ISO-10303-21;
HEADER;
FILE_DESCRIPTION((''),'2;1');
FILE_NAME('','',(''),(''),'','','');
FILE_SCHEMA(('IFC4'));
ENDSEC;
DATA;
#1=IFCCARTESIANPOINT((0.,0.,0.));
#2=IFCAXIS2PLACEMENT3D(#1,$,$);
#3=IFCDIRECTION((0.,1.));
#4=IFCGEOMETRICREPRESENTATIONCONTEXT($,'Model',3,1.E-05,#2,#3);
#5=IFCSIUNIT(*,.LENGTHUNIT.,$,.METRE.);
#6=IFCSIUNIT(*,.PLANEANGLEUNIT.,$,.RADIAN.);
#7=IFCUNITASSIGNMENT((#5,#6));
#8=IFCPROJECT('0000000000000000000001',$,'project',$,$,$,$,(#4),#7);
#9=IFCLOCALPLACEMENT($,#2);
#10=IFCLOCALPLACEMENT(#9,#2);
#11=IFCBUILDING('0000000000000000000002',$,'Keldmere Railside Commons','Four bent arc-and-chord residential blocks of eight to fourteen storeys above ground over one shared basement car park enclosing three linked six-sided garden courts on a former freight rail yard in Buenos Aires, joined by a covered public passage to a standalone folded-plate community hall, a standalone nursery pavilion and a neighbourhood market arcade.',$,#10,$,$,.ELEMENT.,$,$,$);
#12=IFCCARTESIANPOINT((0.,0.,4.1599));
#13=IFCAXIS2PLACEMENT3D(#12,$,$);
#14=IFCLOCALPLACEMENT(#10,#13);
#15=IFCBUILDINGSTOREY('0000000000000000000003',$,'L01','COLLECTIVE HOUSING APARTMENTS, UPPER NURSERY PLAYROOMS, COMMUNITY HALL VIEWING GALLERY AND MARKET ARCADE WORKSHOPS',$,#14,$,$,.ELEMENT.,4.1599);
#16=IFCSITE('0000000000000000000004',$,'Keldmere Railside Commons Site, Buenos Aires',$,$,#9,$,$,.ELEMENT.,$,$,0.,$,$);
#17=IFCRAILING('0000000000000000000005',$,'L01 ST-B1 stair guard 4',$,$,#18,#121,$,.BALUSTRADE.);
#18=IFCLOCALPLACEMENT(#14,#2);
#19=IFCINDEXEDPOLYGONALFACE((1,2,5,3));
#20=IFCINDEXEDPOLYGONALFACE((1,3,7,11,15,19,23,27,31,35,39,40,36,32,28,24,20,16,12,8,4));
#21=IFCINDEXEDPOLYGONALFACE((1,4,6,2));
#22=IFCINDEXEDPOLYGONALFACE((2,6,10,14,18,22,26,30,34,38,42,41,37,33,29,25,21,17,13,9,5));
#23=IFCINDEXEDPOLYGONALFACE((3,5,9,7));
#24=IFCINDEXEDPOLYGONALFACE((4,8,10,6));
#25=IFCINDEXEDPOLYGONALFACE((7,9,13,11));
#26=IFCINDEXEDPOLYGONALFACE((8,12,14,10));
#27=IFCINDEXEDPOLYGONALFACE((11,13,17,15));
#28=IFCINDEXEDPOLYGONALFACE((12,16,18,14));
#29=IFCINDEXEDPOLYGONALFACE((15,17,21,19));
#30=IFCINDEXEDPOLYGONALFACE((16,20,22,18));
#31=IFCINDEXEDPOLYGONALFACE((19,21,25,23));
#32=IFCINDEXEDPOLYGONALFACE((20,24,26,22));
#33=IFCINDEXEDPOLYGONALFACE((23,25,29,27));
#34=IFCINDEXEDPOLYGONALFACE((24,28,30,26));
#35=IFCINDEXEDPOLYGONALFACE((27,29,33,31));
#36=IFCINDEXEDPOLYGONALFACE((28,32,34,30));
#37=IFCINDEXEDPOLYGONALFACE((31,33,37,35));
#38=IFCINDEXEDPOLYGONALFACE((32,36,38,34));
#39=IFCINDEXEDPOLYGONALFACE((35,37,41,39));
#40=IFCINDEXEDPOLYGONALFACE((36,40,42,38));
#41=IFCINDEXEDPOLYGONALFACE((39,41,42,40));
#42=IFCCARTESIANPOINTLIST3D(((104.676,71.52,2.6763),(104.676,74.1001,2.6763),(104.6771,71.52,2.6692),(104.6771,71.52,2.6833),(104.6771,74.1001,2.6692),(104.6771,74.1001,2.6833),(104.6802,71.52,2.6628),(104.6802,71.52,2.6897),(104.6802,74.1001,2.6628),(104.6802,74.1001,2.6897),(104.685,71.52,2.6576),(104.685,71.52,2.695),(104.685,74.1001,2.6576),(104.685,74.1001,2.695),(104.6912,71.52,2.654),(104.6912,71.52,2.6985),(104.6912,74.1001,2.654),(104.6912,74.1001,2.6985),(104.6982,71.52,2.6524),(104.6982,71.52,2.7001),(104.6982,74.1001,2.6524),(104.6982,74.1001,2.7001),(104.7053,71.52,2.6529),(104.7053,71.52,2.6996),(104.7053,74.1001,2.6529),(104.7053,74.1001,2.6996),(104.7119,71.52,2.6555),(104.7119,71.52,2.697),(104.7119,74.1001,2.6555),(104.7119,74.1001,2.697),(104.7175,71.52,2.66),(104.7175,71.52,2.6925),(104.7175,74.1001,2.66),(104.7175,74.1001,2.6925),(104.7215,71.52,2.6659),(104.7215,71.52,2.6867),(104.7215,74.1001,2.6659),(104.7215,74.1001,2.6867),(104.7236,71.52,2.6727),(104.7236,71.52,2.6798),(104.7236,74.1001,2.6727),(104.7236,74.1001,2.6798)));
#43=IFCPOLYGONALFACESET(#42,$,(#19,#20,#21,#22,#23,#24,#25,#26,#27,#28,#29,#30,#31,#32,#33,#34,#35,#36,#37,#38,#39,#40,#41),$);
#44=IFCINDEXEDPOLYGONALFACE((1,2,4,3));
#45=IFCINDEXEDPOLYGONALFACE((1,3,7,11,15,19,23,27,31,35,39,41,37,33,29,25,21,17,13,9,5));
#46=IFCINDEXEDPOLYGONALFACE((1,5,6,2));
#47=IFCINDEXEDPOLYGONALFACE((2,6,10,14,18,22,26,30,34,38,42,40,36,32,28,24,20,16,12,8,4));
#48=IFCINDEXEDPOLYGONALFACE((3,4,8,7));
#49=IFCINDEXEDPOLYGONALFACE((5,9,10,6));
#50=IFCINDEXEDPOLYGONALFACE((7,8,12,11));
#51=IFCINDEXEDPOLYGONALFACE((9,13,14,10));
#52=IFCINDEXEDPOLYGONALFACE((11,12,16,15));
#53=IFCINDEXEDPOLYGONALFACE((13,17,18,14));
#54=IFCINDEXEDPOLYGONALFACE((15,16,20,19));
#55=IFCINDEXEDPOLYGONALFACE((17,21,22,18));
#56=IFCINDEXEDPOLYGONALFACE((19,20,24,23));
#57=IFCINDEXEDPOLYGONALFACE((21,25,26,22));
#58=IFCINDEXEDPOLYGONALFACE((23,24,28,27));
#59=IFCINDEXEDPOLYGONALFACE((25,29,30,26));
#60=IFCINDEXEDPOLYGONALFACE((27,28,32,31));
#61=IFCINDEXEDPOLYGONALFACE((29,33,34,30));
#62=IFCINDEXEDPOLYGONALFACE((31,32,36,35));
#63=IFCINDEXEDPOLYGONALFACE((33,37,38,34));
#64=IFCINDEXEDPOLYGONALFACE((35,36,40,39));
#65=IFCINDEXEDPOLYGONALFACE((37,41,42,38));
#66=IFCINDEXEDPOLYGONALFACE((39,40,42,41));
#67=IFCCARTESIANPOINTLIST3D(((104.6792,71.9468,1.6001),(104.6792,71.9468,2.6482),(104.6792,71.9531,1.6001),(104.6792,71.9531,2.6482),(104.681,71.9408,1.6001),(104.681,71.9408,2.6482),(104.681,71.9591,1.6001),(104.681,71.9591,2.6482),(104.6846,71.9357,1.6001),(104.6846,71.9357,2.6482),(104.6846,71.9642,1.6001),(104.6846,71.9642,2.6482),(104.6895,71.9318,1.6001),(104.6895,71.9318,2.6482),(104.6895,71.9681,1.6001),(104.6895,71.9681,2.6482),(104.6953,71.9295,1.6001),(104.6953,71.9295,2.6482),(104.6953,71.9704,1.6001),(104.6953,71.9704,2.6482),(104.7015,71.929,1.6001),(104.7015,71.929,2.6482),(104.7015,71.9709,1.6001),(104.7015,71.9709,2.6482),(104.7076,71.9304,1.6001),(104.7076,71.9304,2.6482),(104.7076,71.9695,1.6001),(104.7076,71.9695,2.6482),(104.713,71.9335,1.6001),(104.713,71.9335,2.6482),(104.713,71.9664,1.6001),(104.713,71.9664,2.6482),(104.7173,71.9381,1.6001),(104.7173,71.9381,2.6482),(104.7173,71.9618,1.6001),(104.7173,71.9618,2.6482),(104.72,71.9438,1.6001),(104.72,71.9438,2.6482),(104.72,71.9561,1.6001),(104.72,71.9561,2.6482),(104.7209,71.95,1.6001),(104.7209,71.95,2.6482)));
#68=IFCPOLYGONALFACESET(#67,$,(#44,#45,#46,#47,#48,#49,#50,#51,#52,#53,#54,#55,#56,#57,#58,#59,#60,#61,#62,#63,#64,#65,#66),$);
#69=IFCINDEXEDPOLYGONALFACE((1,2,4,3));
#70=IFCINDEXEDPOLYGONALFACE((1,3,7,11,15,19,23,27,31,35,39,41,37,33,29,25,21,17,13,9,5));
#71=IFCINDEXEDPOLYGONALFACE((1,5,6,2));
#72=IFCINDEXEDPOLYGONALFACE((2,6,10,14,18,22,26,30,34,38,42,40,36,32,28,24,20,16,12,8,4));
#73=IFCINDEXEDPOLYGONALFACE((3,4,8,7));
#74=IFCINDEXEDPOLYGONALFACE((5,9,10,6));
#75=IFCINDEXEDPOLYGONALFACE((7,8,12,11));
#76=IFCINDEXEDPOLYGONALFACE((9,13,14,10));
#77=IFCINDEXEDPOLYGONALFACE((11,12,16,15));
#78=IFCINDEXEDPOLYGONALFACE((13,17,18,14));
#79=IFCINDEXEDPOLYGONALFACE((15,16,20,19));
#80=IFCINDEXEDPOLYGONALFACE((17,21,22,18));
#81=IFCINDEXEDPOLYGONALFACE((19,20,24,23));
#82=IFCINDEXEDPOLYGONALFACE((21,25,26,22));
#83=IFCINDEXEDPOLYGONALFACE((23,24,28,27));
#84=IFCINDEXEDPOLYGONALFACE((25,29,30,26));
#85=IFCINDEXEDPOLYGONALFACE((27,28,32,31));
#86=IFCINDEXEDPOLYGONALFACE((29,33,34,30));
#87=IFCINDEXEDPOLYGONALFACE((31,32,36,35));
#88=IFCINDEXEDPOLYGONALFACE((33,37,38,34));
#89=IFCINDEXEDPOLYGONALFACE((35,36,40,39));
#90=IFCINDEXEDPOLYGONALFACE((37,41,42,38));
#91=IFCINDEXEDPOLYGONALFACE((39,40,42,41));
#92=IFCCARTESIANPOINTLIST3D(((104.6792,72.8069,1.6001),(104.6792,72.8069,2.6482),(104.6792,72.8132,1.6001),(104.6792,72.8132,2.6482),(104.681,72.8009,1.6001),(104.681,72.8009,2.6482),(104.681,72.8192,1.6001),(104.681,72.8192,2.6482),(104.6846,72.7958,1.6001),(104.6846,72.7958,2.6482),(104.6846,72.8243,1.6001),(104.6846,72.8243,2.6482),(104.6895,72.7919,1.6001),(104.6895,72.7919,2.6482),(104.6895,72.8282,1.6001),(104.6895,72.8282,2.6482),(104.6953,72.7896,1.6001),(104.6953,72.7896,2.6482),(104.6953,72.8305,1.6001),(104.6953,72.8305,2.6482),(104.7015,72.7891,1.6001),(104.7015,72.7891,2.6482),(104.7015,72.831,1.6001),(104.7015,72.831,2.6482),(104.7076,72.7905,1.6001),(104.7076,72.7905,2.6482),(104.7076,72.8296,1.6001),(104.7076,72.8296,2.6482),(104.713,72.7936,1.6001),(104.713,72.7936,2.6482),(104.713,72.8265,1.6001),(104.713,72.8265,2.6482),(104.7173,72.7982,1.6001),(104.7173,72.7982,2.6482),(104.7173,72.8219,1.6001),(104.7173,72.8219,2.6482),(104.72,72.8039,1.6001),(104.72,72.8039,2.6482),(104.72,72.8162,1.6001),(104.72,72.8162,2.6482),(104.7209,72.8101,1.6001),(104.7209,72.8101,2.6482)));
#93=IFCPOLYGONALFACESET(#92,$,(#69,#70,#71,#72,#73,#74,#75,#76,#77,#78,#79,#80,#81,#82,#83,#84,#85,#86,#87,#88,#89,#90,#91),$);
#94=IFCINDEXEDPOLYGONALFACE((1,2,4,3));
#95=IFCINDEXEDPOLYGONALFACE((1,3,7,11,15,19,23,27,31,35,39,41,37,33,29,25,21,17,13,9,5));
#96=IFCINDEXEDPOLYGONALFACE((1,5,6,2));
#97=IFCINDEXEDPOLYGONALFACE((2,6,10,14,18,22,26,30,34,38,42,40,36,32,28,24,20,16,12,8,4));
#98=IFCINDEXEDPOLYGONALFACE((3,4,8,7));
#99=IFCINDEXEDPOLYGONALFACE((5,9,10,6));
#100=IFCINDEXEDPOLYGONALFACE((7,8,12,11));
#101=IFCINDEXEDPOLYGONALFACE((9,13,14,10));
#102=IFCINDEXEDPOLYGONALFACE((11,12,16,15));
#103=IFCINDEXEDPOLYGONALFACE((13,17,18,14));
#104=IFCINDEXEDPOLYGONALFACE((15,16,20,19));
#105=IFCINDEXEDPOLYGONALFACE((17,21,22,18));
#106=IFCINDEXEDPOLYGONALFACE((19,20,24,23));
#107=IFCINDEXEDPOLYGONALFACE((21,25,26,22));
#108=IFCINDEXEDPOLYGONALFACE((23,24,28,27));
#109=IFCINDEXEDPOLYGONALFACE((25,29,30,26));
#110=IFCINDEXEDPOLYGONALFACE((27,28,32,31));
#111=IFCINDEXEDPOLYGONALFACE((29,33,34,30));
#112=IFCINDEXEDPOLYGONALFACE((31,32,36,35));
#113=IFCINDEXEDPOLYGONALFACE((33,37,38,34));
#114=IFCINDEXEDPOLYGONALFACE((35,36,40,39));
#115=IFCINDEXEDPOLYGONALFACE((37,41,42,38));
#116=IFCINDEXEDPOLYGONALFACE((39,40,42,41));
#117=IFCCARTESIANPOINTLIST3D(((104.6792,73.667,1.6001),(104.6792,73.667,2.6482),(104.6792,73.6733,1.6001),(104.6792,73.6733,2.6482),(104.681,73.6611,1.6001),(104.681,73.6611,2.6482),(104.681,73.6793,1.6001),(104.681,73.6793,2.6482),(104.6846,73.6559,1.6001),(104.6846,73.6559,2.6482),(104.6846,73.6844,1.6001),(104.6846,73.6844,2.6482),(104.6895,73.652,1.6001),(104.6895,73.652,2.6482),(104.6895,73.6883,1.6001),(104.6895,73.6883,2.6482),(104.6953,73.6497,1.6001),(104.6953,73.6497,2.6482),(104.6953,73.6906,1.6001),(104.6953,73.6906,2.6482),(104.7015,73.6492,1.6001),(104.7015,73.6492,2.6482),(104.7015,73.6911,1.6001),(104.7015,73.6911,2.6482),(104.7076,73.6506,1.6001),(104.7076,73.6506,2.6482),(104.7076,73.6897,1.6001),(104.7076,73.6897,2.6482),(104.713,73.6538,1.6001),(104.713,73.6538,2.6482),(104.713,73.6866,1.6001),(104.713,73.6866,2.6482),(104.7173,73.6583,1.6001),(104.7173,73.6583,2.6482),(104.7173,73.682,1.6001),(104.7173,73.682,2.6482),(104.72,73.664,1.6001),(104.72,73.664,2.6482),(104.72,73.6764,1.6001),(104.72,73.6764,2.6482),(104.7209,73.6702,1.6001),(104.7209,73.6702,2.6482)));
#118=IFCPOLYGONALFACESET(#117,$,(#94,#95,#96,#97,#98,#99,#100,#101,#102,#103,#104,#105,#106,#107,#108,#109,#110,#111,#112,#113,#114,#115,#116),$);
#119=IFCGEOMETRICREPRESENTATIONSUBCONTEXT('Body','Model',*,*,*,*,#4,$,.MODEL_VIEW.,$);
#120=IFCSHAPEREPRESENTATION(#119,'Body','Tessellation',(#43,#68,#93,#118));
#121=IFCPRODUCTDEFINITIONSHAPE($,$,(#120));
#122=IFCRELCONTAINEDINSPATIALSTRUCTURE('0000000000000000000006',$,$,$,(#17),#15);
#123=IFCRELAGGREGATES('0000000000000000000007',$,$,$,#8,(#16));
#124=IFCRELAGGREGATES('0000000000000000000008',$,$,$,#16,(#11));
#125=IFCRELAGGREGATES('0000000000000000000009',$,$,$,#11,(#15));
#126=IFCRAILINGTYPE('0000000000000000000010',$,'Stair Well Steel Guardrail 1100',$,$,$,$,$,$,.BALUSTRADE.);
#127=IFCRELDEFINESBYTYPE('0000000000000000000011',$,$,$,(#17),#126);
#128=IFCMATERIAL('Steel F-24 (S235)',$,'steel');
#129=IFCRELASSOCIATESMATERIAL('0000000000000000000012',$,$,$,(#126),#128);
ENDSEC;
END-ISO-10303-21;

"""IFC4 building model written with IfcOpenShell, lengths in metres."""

from ifc_helpers import new_model, si_unit, direction, frame, origin, origin_2d, place, context, subcontext, project, spatial, circle, extrude, material, type_object, element, save


model = new_model("IFC4")

# Units and contexts
model_context = context("Model", 3, precision=1e-05, world=origin(), true_north=direction((0.0, 1.0)))
body_context = subcontext(model_context, "Body", "Model", "MODEL_VIEW")
ifc_project = project(units=[si_unit("LENGTHUNIT", "METRE"), si_unit("PLANEANGLEUNIT", "RADIAN")], contexts=[model_context])

# Site, building, storey
site_placement = place(None, origin())
site = spatial("IfcSite", under=ifc_project, at=site_placement, Name="Keldmere Railside Commons Site, Buenos Aires", CompositionType="ELEMENT", RefElevation=0.0)
building_placement = place(site_placement, origin())
building = spatial("IfcBuilding", under=site, at=building_placement, Name="Keldmere Railside Commons", Description="Four bent arc-and-chord residential blocks of eight to fourteen storeys above ground over one shared basement car park enclosing three linked six-sided garden courts on a former freight rail yard in Buenos Aires, joined by a covered public passage to a standalone folded-plate community hall, a standalone nursery pavilion and a neighbourhood market arcade.", CompositionType="ELEMENT")
storey_placement = place(building_placement, frame((0.0, 0.0, 4.1599)))
storey = spatial("IfcBuildingStorey", under=building, at=storey_placement, Name="L01", Description="COLLECTIVE HOUSING APARTMENTS, UPPER NURSERY PLAYROOMS, COMMUNITY HALL VIEWING GALLERY AND MARKET ARCADE WORKSHOPS", CompositionType="ELEMENT", Elevation=4.1599)

# Railing
ifc_material_1 = material(Name="Steel F-24 (S235)", Category="steel")
railing_type_1 = type_object("IfcRailingType", Name="Stair Well Steel Guardrail 1100", PredefinedType="BALUSTRADE", material=ifc_material_1)
railing_1_placement = place(storey_placement, frame((104.7, 71.52, 1.6001)))
element("IfcRailing", 1, at=railing_1_placement, inside=storey, type_object=railing_type_1, Name="L01 ST-B1 stair guard 4", PredefinedType="BALUSTRADE", context=body_context, shape_type="SweptSolid", body=[
    extrude(circle(Radius=0.0239, at=origin_2d()), frame((0.0, 0.0, 1.0762), z_axis=(0.0, 1.0, 0.0), x_axis=(-1.0, 0.0, 0.0)), (0.0, 0.0, 1.0), 2.5801),
    extrude(circle(Radius=0.021, at=origin_2d()), frame((0.0, 0.4299, 0.0)), (0.0, 0.0, 1.0), 1.0481),
    extrude(circle(Radius=0.021, at=origin_2d()), frame((0.0, 1.29, 0.0)), (0.0, 0.0, 1.0), 1.0481),
    extrude(circle(Radius=0.021, at=origin_2d()), frame((0.0, 2.1501, 0.0)), (0.0, 0.0, 1.0), 1.0481),
])

save(model, "model.ifc")
